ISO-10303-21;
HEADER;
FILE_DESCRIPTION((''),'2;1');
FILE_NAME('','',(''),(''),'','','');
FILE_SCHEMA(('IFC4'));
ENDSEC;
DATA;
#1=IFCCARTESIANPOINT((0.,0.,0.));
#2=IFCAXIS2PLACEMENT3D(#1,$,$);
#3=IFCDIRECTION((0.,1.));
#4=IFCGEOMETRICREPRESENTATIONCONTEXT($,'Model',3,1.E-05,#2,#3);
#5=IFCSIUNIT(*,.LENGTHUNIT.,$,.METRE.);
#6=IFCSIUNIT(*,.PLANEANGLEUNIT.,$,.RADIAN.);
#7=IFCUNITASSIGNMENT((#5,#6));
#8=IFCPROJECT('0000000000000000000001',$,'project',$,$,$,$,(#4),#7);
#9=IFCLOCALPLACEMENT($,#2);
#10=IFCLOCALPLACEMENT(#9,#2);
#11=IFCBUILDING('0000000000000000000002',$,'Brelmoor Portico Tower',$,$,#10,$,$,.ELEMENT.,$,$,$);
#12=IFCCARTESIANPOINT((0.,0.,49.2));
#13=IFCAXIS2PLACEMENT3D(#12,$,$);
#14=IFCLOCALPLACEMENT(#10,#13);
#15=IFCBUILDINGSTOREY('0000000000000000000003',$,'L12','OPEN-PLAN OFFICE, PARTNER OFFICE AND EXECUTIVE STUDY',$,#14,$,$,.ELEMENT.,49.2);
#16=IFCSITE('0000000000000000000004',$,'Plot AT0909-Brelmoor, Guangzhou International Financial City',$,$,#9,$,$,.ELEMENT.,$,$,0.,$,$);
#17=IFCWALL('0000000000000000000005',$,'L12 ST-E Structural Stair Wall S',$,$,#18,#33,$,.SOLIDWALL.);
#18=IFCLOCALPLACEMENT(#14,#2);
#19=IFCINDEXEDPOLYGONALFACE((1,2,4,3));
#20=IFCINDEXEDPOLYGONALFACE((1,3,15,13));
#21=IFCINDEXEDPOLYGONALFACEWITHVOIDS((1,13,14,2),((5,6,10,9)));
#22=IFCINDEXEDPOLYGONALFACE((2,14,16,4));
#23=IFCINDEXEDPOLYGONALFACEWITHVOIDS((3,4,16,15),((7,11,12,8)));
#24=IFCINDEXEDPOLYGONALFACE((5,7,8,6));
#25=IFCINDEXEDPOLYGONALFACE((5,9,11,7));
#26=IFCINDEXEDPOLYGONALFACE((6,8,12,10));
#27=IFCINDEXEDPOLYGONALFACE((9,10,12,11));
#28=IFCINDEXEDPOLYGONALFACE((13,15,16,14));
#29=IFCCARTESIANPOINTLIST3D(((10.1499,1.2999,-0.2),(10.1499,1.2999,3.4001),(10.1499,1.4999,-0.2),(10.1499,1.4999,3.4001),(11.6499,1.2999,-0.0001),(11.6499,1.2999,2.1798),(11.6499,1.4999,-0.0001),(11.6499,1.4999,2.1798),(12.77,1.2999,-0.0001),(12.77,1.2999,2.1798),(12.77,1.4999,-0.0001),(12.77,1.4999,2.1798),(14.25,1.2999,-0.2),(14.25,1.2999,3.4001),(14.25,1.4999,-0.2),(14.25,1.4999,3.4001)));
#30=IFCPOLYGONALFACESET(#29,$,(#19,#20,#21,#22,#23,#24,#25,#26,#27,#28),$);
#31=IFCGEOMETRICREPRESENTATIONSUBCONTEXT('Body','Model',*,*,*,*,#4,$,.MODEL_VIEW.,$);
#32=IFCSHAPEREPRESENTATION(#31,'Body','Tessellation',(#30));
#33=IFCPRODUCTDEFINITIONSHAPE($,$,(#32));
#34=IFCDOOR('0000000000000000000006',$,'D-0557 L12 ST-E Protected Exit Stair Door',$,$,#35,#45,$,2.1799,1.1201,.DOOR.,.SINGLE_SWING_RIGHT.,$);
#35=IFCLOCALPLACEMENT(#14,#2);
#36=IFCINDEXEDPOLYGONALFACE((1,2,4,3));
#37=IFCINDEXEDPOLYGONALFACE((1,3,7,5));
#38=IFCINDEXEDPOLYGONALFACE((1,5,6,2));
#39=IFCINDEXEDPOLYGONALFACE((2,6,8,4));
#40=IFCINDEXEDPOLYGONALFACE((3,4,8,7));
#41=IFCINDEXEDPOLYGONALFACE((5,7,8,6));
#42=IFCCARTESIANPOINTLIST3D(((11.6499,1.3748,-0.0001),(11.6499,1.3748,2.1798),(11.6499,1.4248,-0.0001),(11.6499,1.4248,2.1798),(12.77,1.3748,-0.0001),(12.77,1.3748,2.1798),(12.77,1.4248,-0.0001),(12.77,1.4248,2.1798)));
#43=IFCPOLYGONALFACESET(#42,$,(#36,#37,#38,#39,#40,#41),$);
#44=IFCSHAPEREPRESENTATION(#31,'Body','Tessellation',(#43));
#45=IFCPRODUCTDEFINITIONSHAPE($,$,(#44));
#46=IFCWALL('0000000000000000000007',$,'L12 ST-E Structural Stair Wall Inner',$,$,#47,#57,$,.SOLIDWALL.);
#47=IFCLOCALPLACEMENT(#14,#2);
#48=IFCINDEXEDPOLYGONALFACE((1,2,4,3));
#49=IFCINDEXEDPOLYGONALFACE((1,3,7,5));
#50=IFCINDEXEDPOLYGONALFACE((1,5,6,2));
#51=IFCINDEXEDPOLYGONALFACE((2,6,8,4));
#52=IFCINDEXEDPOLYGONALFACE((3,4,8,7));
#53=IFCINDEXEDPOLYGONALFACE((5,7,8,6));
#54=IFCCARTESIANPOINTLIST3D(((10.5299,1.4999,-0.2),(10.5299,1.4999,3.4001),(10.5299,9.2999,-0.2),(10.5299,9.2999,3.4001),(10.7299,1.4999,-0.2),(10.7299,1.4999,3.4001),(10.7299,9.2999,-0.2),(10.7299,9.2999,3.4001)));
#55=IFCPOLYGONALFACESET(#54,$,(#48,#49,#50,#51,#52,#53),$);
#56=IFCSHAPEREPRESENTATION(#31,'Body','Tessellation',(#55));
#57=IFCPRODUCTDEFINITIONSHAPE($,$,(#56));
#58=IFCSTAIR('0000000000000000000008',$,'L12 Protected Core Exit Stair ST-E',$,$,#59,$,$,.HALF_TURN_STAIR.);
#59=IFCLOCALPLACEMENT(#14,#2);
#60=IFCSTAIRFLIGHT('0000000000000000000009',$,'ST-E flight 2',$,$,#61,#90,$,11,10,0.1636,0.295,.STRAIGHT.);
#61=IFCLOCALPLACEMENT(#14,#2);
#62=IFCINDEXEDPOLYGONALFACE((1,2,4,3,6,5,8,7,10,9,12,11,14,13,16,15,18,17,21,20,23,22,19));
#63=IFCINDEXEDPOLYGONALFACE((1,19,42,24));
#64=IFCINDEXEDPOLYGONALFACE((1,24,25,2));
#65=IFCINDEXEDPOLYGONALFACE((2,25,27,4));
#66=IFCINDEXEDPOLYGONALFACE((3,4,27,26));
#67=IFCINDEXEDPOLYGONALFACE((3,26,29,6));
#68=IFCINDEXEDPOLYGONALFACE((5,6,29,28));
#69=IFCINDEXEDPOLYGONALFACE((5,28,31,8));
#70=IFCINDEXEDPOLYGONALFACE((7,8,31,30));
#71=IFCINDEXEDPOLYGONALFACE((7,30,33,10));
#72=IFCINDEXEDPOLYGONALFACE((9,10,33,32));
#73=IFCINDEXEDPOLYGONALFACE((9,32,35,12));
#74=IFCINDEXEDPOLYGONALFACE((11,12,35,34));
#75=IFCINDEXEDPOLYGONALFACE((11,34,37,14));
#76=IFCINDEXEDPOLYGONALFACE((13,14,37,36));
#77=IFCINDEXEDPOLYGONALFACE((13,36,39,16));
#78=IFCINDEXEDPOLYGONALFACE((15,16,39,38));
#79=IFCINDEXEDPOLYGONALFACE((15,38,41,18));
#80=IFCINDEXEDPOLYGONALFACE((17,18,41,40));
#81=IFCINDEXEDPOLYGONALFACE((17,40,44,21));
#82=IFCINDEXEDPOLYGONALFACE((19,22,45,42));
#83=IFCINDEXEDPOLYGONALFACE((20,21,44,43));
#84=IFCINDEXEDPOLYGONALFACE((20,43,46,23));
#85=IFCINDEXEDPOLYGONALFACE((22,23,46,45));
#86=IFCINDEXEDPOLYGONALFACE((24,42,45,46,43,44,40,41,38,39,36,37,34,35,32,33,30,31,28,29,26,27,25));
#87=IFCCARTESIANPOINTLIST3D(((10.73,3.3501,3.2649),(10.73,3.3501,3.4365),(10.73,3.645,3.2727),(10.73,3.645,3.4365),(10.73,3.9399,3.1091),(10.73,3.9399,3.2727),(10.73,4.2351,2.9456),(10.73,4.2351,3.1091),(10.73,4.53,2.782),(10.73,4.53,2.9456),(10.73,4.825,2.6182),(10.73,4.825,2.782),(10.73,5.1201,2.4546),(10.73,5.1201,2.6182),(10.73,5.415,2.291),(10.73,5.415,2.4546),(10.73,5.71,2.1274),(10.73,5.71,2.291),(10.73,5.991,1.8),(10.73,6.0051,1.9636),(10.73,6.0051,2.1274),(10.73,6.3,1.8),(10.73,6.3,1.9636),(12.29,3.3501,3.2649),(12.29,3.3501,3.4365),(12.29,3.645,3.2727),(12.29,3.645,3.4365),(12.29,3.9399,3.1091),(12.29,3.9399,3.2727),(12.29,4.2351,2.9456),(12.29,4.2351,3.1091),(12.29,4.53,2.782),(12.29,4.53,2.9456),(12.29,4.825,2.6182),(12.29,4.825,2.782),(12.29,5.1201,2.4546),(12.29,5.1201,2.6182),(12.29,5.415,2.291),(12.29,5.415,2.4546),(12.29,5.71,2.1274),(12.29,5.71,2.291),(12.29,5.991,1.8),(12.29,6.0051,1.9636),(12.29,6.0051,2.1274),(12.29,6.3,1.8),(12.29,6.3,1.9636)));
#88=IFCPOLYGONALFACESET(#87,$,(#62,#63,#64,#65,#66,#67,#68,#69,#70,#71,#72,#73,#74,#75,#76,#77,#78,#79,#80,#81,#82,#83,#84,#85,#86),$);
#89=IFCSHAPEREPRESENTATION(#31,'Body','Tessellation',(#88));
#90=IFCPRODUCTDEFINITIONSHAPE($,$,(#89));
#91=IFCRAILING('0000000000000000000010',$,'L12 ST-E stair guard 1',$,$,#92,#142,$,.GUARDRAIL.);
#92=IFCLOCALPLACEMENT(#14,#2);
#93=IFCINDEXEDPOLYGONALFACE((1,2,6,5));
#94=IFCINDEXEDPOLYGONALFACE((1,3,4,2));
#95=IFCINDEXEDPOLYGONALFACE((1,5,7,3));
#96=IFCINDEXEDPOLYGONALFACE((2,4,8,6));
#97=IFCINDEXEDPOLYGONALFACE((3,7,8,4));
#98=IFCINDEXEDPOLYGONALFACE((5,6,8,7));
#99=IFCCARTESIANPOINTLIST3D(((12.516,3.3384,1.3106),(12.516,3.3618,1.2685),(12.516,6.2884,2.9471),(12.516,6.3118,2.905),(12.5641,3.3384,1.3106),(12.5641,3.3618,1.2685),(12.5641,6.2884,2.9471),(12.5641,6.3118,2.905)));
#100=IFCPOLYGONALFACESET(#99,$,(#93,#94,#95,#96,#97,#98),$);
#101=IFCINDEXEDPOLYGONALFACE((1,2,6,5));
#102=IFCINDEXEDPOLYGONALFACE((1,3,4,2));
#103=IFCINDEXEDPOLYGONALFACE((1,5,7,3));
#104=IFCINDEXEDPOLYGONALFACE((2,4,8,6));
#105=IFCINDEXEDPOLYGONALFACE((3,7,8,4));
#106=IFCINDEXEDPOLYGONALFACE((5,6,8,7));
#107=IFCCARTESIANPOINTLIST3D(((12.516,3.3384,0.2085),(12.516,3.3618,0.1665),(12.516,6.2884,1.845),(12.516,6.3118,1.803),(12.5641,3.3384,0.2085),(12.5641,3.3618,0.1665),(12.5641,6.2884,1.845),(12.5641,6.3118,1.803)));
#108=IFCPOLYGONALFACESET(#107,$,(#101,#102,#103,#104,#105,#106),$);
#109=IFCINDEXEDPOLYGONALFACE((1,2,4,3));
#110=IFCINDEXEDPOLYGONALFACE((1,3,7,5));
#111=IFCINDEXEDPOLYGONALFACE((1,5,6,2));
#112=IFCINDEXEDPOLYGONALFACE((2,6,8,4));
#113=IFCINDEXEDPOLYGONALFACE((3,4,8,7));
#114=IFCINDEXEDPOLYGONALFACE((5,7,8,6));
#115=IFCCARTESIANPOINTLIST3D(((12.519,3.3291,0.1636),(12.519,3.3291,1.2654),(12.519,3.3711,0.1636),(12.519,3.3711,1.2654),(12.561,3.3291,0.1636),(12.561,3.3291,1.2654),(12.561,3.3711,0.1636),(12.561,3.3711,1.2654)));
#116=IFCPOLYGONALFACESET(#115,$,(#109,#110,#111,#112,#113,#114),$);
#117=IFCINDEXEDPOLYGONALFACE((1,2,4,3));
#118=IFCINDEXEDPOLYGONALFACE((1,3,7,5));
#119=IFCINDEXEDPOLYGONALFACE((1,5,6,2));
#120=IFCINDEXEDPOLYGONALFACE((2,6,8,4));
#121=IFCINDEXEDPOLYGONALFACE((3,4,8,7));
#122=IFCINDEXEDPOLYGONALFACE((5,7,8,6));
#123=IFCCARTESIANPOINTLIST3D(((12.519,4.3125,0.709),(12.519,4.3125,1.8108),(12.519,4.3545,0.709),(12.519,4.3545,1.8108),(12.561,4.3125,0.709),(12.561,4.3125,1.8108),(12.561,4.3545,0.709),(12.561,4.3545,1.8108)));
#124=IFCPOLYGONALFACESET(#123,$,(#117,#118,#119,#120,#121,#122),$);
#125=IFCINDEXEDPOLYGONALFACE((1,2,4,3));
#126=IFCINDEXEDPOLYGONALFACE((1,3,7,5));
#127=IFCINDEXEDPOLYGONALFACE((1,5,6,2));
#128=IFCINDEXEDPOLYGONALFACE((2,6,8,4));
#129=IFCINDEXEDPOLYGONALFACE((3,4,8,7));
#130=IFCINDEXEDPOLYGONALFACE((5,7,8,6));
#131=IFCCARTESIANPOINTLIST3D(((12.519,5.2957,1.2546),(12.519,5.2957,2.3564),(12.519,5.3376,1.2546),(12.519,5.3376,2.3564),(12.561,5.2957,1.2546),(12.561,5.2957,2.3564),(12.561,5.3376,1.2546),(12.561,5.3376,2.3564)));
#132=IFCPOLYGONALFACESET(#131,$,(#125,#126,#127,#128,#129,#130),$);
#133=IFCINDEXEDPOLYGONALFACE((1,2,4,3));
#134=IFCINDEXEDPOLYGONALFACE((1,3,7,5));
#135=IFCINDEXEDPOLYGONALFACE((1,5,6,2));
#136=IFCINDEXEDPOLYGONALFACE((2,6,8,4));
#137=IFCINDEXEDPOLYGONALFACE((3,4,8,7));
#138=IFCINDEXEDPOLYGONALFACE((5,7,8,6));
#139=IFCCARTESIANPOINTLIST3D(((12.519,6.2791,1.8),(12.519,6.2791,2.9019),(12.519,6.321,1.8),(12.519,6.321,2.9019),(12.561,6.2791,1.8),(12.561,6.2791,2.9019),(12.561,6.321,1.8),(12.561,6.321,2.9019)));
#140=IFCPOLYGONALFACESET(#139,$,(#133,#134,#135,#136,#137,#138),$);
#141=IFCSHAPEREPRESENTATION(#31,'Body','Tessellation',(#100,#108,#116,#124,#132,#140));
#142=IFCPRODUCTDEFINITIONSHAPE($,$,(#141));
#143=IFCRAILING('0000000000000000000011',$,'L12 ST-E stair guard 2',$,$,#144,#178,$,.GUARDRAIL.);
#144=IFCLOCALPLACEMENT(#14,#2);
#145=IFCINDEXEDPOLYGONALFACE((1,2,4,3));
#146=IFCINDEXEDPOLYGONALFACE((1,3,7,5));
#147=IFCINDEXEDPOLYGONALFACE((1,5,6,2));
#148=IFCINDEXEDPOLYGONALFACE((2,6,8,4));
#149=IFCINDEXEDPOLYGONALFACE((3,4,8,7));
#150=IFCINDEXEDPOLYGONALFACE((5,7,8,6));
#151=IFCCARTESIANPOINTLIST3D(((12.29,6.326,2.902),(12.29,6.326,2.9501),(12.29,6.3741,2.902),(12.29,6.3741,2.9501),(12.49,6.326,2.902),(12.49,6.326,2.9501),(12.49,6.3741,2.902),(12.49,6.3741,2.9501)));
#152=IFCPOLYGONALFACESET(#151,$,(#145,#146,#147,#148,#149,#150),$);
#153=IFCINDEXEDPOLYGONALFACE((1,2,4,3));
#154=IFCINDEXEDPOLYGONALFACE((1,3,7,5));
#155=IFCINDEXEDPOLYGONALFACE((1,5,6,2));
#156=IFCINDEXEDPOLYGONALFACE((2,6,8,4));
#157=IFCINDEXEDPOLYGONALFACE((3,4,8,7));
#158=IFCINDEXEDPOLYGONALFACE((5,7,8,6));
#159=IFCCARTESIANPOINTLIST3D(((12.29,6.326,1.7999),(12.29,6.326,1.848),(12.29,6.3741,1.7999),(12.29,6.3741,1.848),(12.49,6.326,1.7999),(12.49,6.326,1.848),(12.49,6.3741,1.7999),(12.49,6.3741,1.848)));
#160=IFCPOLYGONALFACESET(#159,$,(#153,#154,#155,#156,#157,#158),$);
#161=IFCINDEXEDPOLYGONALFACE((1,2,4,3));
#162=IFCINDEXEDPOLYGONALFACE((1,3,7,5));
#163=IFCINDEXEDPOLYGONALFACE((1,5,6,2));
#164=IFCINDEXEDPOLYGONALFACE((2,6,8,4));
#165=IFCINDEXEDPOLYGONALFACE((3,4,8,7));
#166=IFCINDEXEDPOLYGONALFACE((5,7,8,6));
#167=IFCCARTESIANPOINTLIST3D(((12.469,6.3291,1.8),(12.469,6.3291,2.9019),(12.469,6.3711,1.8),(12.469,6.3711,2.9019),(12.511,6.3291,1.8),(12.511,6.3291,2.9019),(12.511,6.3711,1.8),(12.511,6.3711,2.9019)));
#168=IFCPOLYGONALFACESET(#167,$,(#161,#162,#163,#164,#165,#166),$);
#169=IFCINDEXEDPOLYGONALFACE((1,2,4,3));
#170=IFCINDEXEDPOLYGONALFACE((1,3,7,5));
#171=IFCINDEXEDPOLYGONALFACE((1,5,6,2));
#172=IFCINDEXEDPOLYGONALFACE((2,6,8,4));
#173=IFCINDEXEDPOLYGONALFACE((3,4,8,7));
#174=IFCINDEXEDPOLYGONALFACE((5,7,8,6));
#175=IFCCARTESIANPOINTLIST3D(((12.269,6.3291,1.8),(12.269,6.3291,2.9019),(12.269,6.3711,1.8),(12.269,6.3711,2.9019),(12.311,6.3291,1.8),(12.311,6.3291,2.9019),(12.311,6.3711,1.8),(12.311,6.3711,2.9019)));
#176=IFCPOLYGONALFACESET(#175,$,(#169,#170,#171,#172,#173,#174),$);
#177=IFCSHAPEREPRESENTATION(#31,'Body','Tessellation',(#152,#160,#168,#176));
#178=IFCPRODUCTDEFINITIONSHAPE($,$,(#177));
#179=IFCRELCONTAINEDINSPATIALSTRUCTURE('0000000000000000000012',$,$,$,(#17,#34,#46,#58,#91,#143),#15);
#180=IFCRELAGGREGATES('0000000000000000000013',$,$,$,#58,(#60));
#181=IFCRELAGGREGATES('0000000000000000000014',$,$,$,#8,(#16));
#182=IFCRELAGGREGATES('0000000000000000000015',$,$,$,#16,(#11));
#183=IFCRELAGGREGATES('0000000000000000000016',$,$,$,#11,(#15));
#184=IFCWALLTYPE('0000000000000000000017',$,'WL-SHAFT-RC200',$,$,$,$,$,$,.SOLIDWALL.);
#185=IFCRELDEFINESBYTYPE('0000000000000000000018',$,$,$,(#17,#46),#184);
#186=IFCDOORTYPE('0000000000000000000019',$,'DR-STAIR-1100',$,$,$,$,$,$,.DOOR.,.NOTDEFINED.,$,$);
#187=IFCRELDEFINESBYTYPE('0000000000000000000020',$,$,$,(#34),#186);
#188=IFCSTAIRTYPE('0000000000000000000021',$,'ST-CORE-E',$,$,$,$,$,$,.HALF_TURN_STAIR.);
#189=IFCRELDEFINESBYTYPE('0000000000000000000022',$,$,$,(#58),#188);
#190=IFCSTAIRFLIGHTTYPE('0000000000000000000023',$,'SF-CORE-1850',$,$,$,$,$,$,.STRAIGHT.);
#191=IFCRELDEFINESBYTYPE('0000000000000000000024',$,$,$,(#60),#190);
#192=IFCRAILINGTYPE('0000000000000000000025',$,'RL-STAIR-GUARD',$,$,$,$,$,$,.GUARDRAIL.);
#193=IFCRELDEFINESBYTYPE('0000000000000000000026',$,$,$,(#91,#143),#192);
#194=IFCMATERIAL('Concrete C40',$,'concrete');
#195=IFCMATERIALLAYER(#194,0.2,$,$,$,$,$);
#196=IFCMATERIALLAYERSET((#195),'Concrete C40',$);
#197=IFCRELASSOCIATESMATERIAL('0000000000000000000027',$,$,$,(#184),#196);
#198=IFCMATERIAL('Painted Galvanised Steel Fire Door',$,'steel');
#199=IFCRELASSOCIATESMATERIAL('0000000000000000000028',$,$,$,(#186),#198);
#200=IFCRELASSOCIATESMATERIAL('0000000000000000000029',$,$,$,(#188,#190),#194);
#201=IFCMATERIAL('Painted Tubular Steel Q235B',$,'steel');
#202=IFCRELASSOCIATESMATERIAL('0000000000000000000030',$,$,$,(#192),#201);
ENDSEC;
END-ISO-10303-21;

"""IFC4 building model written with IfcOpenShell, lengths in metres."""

from ifc_helpers import new_model, si_unit, direction, frame, frame_2d, origin, origin_2d, place, context, subcontext, project, spatial, polyline, rectangle, outline, extrude, material, layer, layer_set, type_object, element, fill, aggregate, save


model = new_model("IFC4")

# Units and contexts
model_context = context("Model", 3, precision=1e-05, world=origin(), true_north=direction((0.0, 1.0)))
body_context = subcontext(model_context, "Body", "Model", "MODEL_VIEW")
ifc_project = project(units=[si_unit("LENGTHUNIT", "METRE"), si_unit("PLANEANGLEUNIT", "RADIAN")], contexts=[model_context])

# Site, building, storey
site_placement = place(None, origin())
site = spatial("IfcSite", under=ifc_project, at=site_placement, Name="Plot AT0909-Brelmoor, Guangzhou International Financial City", CompositionType="ELEMENT", RefElevation=0.0)
building_placement = place(site_placement, origin())
building = spatial("IfcBuilding", under=site, at=building_placement, Name="Brelmoor Portico Tower", CompositionType="ELEMENT")
storey_placement = place(building_placement, frame((0.0, 0.0, 49.2)))
storey = spatial("IfcBuildingStorey", under=building, at=storey_placement, Name="L12", Description="OPEN-PLAN OFFICE, PARTNER OFFICE AND EXECUTIVE STUDY", CompositionType="ELEMENT", Elevation=49.2)

# Wall, opening, door
ifc_material_1 = material(Name="Concrete C40", Category="concrete")
ifc_layer_1 = layer(ifc_material_1, 0.2)
ifc_layer_set_1 = layer_set([ifc_layer_1], Name="Concrete C40")
wall_type_1 = type_object("IfcWallType", Name="WL-SHAFT-RC200", PredefinedType="SOLIDWALL", material=ifc_layer_set_1)
wall_1_placement = place(storey_placement, frame((10.1499, 1.3999, -0.2), z_axis=(0.0, 0.0, 1.0), x_axis=(1.0, 0.0, 0.0)))
wall_1 = element("IfcWall", 1, at=wall_1_placement, inside=storey, type_object=wall_type_1, Name="L12 ST-E Structural Stair Wall S", PredefinedType="SOLIDWALL", context=body_context, shape_type="SweptSolid", body=[
    extrude(rectangle(XDim=4.1001, YDim=0.2, at=frame_2d((2.05, 0.0))), origin(), (0.0, 0.0, 1.0), 3.6001),
])
opening_placement = place(wall_1_placement, frame((1.5, 0.0, 0.2)))
opening = element("IfcOpeningElement", 2, at=opening_placement, cuts=wall_1, PredefinedType="OPENING", context=body_context, shape_type="SweptSolid", body=[
    extrude(rectangle(XDim=1.1201, YDim=2.1799, at=frame_2d((0.5601, 1.0898))), frame((0.0, 0.1099, 0.0), z_axis=(0.0, -1.0, 0.0), x_axis=(1.0, 0.0, 0.0)), (0.0, 0.0, 1.0), 0.22),
])
ifc_material_2 = material(Name="Painted Galvanised Steel Fire Door", Category="steel")
door_type = type_object("IfcDoorType", Name="DR-STAIR-1100", OperationType="NOTDEFINED", PredefinedType="DOOR", material=ifc_material_2)
door_placement = place(opening_placement, origin())
door = element("IfcDoor", 3, at=door_placement, inside=storey, type_object=door_type, Name="D-0557 L12 ST-E Protected Exit Stair Door", OperationType="SINGLE_SWING_RIGHT", OverallHeight=2.1799, OverallWidth=1.1201, PredefinedType="DOOR", context=body_context, shape_type="SweptSolid", body=[
    extrude(rectangle(XDim=1.1201, YDim=2.1799, at=frame_2d((0.5601, 1.0898))), frame((0.0, 0.0249, 0.0), z_axis=(0.0, -1.0, 0.0), x_axis=(1.0, 0.0, 0.0)), (0.0, 0.0, 1.0), 0.05),
])
fill(opening, door)

# Wall
wall_2_placement = place(storey_placement, frame((10.6299, 1.5, -0.2), z_axis=(0.0, 0.0, 1.0), x_axis=(0.0, 1.0, 0.0)))
element("IfcWall", 4, at=wall_2_placement, inside=storey, type_object=wall_type_1, Name="L12 ST-E Structural Stair Wall Inner", PredefinedType="SOLIDWALL", context=body_context, shape_type="SweptSolid", body=[
    extrude(rectangle(XDim=7.8, YDim=0.2, at=frame_2d((3.8999, 0.0))), origin(), (0.0, 0.0, 1.0), 3.6001),
])

# Stair, stair flight
stair_type = type_object("IfcStairType", Name="ST-CORE-E", PredefinedType="HALF_TURN_STAIR", material=ifc_material_1)
stair_placement = place(storey_placement, origin())
stair = element("IfcStair", 5, at=stair_placement, inside=storey, type_object=stair_type, Name="L12 Protected Core Exit Stair ST-E", PredefinedType="HALF_TURN_STAIR")
stair_flight_type = type_object("IfcStairFlightType", Name="SF-CORE-1850", PredefinedType="STRAIGHT", material=ifc_material_1)
stair_flight_placement = place(storey_placement, frame((11.51, 6.3, 1.8), z_axis=(0.0, 0.0, 1.0), x_axis=(0.0, -1.0, 0.0)))
stair_flight = element("IfcStairFlight", 6, at=stair_flight_placement, type_object=stair_flight_type, Name="ST-E flight 2", NumberOfRisers=11, NumberOfTreads=10, PredefinedType="STRAIGHT", RiserHeight=0.1636, TreadLength=0.295, context=body_context, shape_type="SweptSolid", body=[
    extrude(outline(polyline([(0.0, 0.0), (0.0, 0.1636), (0.2949, 0.1636), (0.2949, 0.3274), (0.5901, 0.3274), (0.5901, 0.491), (0.885, 0.491), (0.885, 0.6545), (1.1799, 0.6545), (1.1799, 0.8181), (1.4751, 0.8181), (1.4751, 0.9819), (1.77, 0.9819), (1.77, 1.1455), (2.0649, 1.1455), (2.0649, 1.3091), (2.3601, 1.3091), (2.3601, 1.4727), (2.655, 1.4727), (2.655, 1.6365), (2.95, 1.6365), (2.95, 1.8), (2.95, 1.4648), (0.3091, 0.0), (0.0, 0.0)])), frame((0.0, 0.78, 0.0), z_axis=(0.0, -1.0, 0.0), x_axis=(1.0, 0.0, 0.0)), (0.0, 0.0, 1.0), 1.5601),
])
aggregate(stair, [stair_flight])

# Railings
ifc_material_3 = material(Name="Painted Tubular Steel Q235B", Category="steel")
railing_type_1 = type_object("IfcRailingType", Name="RL-STAIR-GUARD", PredefinedType="GUARDRAIL", material=ifc_material_3)
railing_1_placement = place(storey_placement, frame((12.54, 3.3501, 0.1636)))
element("IfcRailing", 7, at=railing_1_placement, inside=storey, type_object=railing_type_1, Name="L12 ST-E stair guard 1", PredefinedType="GUARDRAIL", context=body_context, shape_type="SweptSolid", body=[
    extrude(rectangle(XDim=0.0481, YDim=0.0481, at=origin_2d()), frame((0.0, 0.0, 1.126), z_axis=(0.0, 0.874458, 0.485102), x_axis=(-1.0, 0.0, 0.0)), (0.0, 0.0, 1.0), 3.3735),
    extrude(rectangle(XDim=0.0481, YDim=0.0481, at=origin_2d()), frame((0.0, 0.0, 0.0239), z_axis=(0.0, 0.874458, 0.485102), x_axis=(-1.0, 0.0, 0.0)), (0.0, 0.0, 1.0), 3.3735),
    extrude(rectangle(XDim=0.042, YDim=0.042, at=origin_2d()), origin(), (0.0, 0.0, 1.0), 1.1018),
    extrude(rectangle(XDim=0.042, YDim=0.042, at=origin_2d()), frame((0.0, 0.9834, 0.5454)), (0.0, 0.0, 1.0), 1.1018),
    extrude(rectangle(XDim=0.042, YDim=0.042, at=origin_2d()), frame((0.0, 1.9666, 1.0911)), (0.0, 0.0, 1.0), 1.1018),
    extrude(rectangle(XDim=0.042, YDim=0.042, at=origin_2d()), frame((0.0, 2.95, 1.6365)), (0.0, 0.0, 1.0), 1.1018),
])
railing_2_placement = place(storey_placement, frame((12.49, 6.3501, 1.8)))
element("IfcRailing", 8, at=railing_2_placement, inside=storey, type_object=railing_type_1, Name="L12 ST-E stair guard 2", PredefinedType="GUARDRAIL", context=body_context, shape_type="SweptSolid", body=[
    extrude(rectangle(XDim=0.0481, YDim=0.0481, at=origin_2d()), frame((0.0, 0.0, 1.126), z_axis=(-1.0, 0.0, 0.0), x_axis=(0.0, -1.0, 0.0)), (0.0, 0.0, 1.0), 0.2),
    extrude(rectangle(XDim=0.0481, YDim=0.0481, at=origin_2d()), frame((0.0, 0.0, 0.0239), z_axis=(-1.0, 0.0, 0.0), x_axis=(0.0, -1.0, 0.0)), (0.0, 0.0, 1.0), 0.2),
    extrude(rectangle(XDim=0.042, YDim=0.042, at=origin_2d()), origin(), (0.0, 0.0, 1.0), 1.1018),
    extrude(rectangle(XDim=0.042, YDim=0.042, at=origin_2d()), frame((-0.2, 0.0, 0.0)), (0.0, 0.0, 1.0), 1.1018),
])

save(model, "model.ifc")
